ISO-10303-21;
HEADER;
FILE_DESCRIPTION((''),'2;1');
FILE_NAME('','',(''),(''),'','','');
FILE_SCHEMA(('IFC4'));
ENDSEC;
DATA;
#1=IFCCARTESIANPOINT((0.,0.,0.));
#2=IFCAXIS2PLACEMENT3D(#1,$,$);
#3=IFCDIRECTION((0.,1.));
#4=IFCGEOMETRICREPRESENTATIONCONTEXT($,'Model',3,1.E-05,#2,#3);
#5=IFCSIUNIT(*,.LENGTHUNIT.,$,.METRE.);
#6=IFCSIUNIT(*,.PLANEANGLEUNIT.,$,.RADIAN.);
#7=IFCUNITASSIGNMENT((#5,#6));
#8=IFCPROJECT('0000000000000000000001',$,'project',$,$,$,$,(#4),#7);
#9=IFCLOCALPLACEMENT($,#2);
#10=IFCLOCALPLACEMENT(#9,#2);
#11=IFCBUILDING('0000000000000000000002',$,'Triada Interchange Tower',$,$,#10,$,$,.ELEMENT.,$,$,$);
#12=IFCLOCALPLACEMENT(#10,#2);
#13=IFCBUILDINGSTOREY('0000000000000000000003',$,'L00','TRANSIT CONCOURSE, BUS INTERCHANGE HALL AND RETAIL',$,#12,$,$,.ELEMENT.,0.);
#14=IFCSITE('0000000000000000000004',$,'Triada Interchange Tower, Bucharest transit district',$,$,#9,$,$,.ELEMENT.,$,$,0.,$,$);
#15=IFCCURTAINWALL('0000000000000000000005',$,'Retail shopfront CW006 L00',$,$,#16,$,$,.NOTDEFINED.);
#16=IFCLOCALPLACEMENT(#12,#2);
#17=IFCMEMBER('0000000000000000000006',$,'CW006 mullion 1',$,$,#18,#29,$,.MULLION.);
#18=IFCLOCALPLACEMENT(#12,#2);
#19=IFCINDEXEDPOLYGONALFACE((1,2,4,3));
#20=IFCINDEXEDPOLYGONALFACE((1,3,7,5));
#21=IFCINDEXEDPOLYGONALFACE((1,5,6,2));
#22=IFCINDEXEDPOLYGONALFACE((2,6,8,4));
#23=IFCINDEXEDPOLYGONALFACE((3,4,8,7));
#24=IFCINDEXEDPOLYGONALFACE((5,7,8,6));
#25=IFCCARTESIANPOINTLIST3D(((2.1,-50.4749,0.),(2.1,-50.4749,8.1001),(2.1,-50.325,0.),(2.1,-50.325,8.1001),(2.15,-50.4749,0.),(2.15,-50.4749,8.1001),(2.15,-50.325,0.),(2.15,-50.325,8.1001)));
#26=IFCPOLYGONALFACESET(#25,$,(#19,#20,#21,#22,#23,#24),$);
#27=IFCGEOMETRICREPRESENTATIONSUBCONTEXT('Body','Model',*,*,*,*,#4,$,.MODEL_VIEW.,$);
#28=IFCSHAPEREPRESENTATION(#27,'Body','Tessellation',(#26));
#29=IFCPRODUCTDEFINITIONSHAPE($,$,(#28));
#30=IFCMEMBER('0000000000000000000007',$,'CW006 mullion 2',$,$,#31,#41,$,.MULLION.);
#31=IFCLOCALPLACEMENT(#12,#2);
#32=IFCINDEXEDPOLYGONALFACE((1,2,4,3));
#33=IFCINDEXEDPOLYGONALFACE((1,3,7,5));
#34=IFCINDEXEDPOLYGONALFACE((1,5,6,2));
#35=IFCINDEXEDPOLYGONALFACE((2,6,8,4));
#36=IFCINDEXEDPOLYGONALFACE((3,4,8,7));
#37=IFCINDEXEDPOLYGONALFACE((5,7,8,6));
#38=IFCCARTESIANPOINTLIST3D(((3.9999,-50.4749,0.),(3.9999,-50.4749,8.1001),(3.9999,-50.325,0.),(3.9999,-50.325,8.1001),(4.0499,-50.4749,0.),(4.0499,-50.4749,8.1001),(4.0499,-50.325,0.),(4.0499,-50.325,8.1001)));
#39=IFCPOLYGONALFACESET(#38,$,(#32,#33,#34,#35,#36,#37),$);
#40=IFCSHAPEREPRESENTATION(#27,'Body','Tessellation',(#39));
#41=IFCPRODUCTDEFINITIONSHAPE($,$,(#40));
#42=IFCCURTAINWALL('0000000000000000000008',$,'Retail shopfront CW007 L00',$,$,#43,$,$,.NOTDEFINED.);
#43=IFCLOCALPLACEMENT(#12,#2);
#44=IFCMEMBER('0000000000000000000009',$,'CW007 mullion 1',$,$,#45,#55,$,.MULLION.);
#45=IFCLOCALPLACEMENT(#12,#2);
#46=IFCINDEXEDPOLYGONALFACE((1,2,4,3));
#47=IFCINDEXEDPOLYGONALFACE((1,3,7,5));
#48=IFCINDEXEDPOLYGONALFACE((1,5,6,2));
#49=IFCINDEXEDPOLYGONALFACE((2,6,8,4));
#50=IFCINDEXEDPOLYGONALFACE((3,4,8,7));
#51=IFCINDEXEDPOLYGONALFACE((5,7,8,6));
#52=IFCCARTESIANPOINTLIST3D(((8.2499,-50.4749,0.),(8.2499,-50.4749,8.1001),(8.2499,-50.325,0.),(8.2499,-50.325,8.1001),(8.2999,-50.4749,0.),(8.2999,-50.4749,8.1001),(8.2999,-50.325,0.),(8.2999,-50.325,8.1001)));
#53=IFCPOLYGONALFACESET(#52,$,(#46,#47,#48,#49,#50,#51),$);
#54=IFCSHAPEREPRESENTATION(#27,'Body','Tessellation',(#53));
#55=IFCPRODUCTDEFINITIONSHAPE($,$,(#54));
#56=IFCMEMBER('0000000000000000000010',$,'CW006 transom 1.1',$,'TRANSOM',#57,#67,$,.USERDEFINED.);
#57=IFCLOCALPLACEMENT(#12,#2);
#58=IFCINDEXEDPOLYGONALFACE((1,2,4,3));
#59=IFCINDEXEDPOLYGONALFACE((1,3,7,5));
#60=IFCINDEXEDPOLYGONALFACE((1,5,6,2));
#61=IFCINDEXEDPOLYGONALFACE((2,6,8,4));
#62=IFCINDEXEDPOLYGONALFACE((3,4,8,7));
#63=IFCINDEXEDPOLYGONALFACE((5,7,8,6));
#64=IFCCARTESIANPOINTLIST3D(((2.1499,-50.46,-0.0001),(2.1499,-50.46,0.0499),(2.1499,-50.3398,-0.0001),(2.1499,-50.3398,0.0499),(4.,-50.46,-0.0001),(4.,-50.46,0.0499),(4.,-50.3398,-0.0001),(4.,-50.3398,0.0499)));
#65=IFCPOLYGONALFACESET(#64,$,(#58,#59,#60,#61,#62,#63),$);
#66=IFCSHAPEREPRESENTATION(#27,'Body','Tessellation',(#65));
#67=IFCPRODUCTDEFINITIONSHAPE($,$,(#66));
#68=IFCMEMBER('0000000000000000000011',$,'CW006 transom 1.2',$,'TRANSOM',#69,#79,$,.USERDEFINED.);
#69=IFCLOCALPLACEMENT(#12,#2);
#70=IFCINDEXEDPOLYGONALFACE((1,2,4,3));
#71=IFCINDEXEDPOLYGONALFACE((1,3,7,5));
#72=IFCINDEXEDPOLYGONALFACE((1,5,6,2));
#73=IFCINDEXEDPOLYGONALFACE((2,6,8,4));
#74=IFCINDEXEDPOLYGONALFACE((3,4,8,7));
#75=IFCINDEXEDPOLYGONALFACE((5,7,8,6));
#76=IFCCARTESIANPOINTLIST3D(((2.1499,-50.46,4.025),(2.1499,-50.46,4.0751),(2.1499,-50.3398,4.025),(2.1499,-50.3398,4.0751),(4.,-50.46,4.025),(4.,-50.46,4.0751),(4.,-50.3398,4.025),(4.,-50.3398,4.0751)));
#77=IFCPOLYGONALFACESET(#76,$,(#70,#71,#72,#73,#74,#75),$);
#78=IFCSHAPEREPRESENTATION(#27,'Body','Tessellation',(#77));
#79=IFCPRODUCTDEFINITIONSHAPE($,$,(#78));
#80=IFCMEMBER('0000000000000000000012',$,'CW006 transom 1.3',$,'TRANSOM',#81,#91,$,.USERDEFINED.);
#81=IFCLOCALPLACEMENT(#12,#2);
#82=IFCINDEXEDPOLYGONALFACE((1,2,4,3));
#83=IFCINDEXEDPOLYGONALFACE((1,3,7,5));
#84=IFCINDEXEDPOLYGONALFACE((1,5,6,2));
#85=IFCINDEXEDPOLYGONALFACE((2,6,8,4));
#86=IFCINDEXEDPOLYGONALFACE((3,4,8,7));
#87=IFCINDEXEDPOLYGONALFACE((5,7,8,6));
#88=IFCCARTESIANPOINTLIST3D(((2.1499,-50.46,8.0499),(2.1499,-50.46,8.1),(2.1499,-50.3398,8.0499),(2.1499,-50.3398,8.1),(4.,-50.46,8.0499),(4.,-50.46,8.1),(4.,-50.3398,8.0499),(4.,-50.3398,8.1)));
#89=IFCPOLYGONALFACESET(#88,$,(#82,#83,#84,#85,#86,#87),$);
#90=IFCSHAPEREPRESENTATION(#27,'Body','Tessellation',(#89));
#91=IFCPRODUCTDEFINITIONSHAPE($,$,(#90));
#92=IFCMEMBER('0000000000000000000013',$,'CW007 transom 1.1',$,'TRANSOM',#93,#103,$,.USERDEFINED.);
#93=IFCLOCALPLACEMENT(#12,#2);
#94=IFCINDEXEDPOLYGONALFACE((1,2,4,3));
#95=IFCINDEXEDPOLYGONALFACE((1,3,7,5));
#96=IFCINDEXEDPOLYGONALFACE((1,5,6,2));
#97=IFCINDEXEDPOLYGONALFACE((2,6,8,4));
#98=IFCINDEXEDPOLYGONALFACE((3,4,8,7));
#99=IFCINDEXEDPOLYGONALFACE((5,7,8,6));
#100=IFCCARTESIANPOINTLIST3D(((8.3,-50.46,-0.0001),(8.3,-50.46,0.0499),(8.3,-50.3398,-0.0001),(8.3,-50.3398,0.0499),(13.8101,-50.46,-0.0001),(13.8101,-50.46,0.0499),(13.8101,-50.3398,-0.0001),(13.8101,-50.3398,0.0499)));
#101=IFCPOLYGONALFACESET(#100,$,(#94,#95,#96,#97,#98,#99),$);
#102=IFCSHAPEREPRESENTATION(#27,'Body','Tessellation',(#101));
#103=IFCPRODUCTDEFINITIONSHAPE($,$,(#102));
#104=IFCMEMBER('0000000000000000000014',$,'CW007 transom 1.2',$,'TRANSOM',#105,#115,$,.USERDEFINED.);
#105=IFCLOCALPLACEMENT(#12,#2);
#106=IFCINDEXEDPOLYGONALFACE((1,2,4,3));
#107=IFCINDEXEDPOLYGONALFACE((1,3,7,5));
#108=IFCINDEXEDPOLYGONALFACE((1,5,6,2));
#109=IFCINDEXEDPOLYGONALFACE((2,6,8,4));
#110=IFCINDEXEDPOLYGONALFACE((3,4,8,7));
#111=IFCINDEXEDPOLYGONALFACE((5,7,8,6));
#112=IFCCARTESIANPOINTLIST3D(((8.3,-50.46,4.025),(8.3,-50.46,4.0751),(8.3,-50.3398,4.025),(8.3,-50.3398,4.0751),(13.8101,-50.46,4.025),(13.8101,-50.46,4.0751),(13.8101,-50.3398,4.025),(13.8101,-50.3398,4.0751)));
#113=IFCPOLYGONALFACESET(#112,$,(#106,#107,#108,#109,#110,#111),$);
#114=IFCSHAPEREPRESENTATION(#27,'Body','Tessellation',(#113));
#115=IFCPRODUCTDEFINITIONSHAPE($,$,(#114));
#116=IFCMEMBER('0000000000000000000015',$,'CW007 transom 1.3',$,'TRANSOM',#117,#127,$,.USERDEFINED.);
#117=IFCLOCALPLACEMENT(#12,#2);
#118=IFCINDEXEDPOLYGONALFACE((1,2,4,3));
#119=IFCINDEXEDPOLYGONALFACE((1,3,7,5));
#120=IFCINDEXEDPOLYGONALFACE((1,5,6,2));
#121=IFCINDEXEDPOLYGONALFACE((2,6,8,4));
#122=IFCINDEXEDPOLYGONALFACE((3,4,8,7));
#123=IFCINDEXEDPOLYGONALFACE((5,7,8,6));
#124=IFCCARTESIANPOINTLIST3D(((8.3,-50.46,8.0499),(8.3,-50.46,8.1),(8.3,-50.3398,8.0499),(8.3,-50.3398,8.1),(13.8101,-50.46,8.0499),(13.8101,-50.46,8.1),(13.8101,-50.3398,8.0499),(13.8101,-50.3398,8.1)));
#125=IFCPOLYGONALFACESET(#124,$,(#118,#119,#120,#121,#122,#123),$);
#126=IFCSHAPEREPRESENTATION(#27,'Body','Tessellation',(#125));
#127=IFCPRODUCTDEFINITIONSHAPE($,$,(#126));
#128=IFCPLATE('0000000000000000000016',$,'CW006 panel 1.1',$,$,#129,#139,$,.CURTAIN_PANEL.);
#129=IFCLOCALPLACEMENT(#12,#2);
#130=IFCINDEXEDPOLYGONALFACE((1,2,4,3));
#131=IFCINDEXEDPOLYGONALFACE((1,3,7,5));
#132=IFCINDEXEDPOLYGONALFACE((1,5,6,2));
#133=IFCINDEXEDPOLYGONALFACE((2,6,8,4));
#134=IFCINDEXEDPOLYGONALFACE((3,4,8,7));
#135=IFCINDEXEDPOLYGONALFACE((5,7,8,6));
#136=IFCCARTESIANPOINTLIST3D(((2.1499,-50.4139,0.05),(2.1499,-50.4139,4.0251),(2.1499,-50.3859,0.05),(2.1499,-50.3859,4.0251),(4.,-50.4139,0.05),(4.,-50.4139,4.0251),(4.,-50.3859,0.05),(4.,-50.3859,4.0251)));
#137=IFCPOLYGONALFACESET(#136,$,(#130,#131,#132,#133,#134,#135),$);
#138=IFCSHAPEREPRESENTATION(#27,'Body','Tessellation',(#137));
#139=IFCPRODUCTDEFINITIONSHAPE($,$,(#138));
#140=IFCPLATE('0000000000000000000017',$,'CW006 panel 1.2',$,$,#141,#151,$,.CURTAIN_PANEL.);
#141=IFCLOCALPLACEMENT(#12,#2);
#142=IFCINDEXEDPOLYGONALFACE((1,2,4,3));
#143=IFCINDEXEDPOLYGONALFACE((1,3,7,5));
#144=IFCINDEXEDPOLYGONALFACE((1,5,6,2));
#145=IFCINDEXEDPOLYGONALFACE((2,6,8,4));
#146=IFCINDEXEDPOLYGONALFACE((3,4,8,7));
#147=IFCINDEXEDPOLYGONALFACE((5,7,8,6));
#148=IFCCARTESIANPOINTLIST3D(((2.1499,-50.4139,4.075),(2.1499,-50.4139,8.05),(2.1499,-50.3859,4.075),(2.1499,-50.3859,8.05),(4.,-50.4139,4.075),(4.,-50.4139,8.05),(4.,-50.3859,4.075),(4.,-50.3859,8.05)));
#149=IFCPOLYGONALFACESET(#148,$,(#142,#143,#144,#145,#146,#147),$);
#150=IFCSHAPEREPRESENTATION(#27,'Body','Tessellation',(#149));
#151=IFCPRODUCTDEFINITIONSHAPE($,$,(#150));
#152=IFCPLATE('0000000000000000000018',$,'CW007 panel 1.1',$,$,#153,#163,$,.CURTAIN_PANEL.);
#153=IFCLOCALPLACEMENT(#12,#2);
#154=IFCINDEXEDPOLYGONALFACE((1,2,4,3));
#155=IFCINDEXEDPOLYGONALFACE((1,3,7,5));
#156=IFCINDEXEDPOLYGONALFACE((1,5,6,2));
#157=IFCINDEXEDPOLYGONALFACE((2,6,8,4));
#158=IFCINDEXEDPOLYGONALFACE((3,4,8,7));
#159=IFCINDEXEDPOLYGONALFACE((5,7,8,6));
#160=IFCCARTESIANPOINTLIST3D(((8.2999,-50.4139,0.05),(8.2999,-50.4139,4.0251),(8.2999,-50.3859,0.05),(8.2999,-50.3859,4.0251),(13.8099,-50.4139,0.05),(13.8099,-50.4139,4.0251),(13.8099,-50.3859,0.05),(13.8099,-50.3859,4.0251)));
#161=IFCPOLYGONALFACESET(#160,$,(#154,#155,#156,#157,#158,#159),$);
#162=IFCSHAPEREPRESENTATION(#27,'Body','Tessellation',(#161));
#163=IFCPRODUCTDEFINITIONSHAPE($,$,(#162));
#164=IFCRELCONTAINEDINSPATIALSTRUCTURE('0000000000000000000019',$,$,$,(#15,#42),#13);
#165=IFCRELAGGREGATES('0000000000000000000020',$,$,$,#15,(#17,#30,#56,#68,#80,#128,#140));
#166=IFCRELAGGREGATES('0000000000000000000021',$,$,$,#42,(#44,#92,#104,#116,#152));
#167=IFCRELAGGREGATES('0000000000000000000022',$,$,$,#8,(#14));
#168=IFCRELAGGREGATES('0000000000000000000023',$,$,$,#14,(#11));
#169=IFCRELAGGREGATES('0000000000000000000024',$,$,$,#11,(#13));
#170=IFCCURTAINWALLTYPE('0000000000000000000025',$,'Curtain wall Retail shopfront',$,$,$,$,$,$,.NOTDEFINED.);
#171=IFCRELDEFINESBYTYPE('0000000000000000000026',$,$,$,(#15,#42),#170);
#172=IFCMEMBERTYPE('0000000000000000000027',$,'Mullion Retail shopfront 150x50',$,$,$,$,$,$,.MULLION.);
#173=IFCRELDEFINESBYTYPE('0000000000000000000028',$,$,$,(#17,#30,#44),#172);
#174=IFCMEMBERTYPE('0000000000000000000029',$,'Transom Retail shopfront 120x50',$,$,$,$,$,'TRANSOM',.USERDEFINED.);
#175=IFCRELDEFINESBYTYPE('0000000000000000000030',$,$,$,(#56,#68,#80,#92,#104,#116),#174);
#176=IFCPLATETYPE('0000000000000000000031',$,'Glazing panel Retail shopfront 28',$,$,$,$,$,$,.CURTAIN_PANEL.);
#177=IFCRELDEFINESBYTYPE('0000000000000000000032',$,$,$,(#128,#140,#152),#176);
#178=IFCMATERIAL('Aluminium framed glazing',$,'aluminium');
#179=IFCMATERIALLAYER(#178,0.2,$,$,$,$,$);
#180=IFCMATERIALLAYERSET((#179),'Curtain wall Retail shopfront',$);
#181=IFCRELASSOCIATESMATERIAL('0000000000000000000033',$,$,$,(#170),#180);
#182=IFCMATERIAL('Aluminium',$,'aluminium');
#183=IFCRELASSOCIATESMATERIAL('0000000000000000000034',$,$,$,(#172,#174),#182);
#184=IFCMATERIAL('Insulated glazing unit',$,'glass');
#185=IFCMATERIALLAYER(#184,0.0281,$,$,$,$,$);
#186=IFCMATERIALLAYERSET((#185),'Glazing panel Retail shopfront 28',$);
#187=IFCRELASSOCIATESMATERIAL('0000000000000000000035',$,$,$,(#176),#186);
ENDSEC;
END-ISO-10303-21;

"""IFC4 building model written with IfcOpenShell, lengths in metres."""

from ifc_helpers import new_model, si_unit, direction, frame, origin, origin_2d, place, context, subcontext, project, spatial, rectangle, extrude, material, layer, layer_set, material_profile, profile_set, type_object, element, aggregate, save


model = new_model("IFC4")

# Units and contexts
model_context = context("Model", 3, precision=1e-05, world=origin(), true_north=direction((0.0, 1.0)))
body_context = subcontext(model_context, "Body", "Model", "MODEL_VIEW")
ifc_project = project(units=[si_unit("LENGTHUNIT", "METRE"), si_unit("PLANEANGLEUNIT", "RADIAN")], contexts=[model_context])

# Site, building, storey
site_placement = place(None, origin())
site = spatial("IfcSite", under=ifc_project, at=site_placement, Name="Triada Interchange Tower, Bucharest transit district", CompositionType="ELEMENT", RefElevation=0.0)
building_placement = place(site_placement, origin())
building = spatial("IfcBuilding", under=site, at=building_placement, Name="Triada Interchange Tower", CompositionType="ELEMENT")
storey_placement = place(building_placement, origin())
storey = spatial("IfcBuildingStorey", under=building, at=storey_placement, Name="L00", Description="TRANSIT CONCOURSE, BUS INTERCHANGE HALL AND RETAIL", CompositionType="ELEMENT", Elevation=0.0)

# Curtain wall, members
ifc_material_1 = material(Name="Aluminium framed glazing", Category="aluminium")
ifc_layer_1 = layer(ifc_material_1, 0.2)
ifc_layer_set_1 = layer_set([ifc_layer_1], Name="Curtain wall Retail shopfront")
curtain_wall_type = type_object("IfcCurtainWallType", Name="Curtain wall Retail shopfront", PredefinedType="NOTDEFINED", material=ifc_layer_set_1)
curtain_wall_1_placement = place(storey_placement, origin())
curtain_wall_1 = element("IfcCurtainWall", 1, at=curtain_wall_1_placement, inside=storey, type_object=curtain_wall_type, Name="Retail shopfront CW006 L00", PredefinedType="NOTDEFINED")
ifc_material_2 = material(Name="Aluminium", Category="aluminium")
ifc_material_profile_1 = material_profile(ifc_material_2, rectangle(XDim=0.1499, YDim=0.05, at=origin_2d()), Name="Aluminium mullion")
ifc_profile_set_1 = profile_set([ifc_material_profile_1], Name="Aluminium")
member_type_1 = type_object("IfcMemberType", Name="Mullion Retail shopfront 150x50", PredefinedType="MULLION", material=ifc_profile_set_1)
member_1_placement = place(storey_placement, frame((2.125, -50.3999, 0.0), z_axis=(0.0, 0.0, 1.0), x_axis=(0.0, 1.0, 0.0)))
member_1 = element("IfcMember", 2, at=member_1_placement, type_object=member_type_1, Name="CW006 mullion 1", PredefinedType="MULLION", context=body_context, shape_type="SweptSolid", body=[
    extrude(rectangle(XDim=0.1499, YDim=0.05, at=origin_2d()), origin(), (0.0, 0.0, 1.0), 8.1001),
])
member_2_placement = place(storey_placement, frame((4.0249, -50.3999, 0.0), z_axis=(0.0, 0.0, 1.0), x_axis=(0.0, 1.0, 0.0)))
member_2 = element("IfcMember", 3, at=member_2_placement, type_object=member_type_1, Name="CW006 mullion 2", PredefinedType="MULLION", context=body_context, shape_type="SweptSolid", body=[
    extrude(rectangle(XDim=0.1499, YDim=0.05, at=origin_2d()), origin(), (0.0, 0.0, 1.0), 8.1001),
])

# Curtain wall, member
curtain_wall_2_placement = place(storey_placement, origin())
curtain_wall_2 = element("IfcCurtainWall", 4, at=curtain_wall_2_placement, inside=storey, type_object=curtain_wall_type, Name="Retail shopfront CW007 L00", PredefinedType="NOTDEFINED")
member_3_placement = place(storey_placement, frame((8.2749, -50.3999, 0.0), z_axis=(0.0, 0.0, 1.0), x_axis=(0.0, 1.0, 0.0)))
member_3 = element("IfcMember", 5, at=member_3_placement, type_object=member_type_1, Name="CW007 mullion 1", PredefinedType="MULLION", context=body_context, shape_type="SweptSolid", body=[
    extrude(rectangle(XDim=0.1499, YDim=0.05, at=origin_2d()), origin(), (0.0, 0.0, 1.0), 8.1001),
])

# Members
ifc_material_profile_2 = material_profile(ifc_material_2, rectangle(XDim=0.1201, YDim=0.05, at=origin_2d()), Name="Aluminium transom")
ifc_profile_set_2 = profile_set([ifc_material_profile_2], Name="Aluminium")
member_type_2 = type_object("IfcMemberType", Name="Transom Retail shopfront 120x50", ElementType="TRANSOM", PredefinedType="USERDEFINED", material=ifc_profile_set_2)
member_4_placement = place(storey_placement, frame((2.1499, -50.3999, 0.0249), z_axis=(1.0, 0.0, 0.0), x_axis=(0.0, 1.0, 0.0)))
member_4 = element("IfcMember", 6, at=member_4_placement, type_object=member_type_2, Name="CW006 transom 1.1", ObjectType="TRANSOM", PredefinedType="USERDEFINED", context=body_context, shape_type="SweptSolid", body=[
    extrude(rectangle(XDim=0.1201, YDim=0.05, at=origin_2d()), origin(), (0.0, 0.0, 1.0), 1.8501),
])
member_5_placement = place(storey_placement, frame((2.1499, -50.3999, 4.05), z_axis=(1.0, 0.0, 0.0), x_axis=(0.0, 1.0, 0.0)))
member_5 = element("IfcMember", 7, at=member_5_placement, type_object=member_type_2, Name="CW006 transom 1.2", ObjectType="TRANSOM", PredefinedType="USERDEFINED", context=body_context, shape_type="SweptSolid", body=[
    extrude(rectangle(XDim=0.1201, YDim=0.05, at=origin_2d()), origin(), (0.0, 0.0, 1.0), 1.8501),
])
member_6_placement = place(storey_placement, frame((2.1499, -50.3999, 8.075), z_axis=(1.0, 0.0, 0.0), x_axis=(0.0, 1.0, 0.0)))
member_6 = element("IfcMember", 8, at=member_6_placement, type_object=member_type_2, Name="CW006 transom 1.3", ObjectType="TRANSOM", PredefinedType="USERDEFINED", context=body_context, shape_type="SweptSolid", body=[
    extrude(rectangle(XDim=0.1201, YDim=0.05, at=origin_2d()), origin(), (0.0, 0.0, 1.0), 1.8501),
])
member_7_placement = place(storey_placement, frame((8.3, -50.3999, 0.0249), z_axis=(1.0, 0.0, 0.0), x_axis=(0.0, 1.0, 0.0)))
member_7 = element("IfcMember", 9, at=member_7_placement, type_object=member_type_2, Name="CW007 transom 1.1", ObjectType="TRANSOM", PredefinedType="USERDEFINED", context=body_context, shape_type="SweptSolid", body=[
    extrude(rectangle(XDim=0.1201, YDim=0.05, at=origin_2d()), origin(), (0.0, 0.0, 1.0), 5.51),
])
member_8_placement = place(storey_placement, frame((8.3, -50.3999, 4.05), z_axis=(1.0, 0.0, 0.0), x_axis=(0.0, 1.0, 0.0)))
member_8 = element("IfcMember", 10, at=member_8_placement, type_object=member_type_2, Name="CW007 transom 1.2", ObjectType="TRANSOM", PredefinedType="USERDEFINED", context=body_context, shape_type="SweptSolid", body=[
    extrude(rectangle(XDim=0.1201, YDim=0.05, at=origin_2d()), origin(), (0.0, 0.0, 1.0), 5.51),
])
member_9_placement = place(storey_placement, frame((8.3, -50.3999, 8.075), z_axis=(1.0, 0.0, 0.0), x_axis=(0.0, 1.0, 0.0)))
member_9 = element("IfcMember", 11, at=member_9_placement, type_object=member_type_2, Name="CW007 transom 1.3", ObjectType="TRANSOM", PredefinedType="USERDEFINED", context=body_context, shape_type="SweptSolid", body=[
    extrude(rectangle(XDim=0.1201, YDim=0.05, at=origin_2d()), origin(), (0.0, 0.0, 1.0), 5.51),
])

# Plates
ifc_material_3 = material(Name="Insulated glazing unit", Category="glass")
ifc_layer_2 = layer(ifc_material_3, 0.0281)
ifc_layer_set_2 = layer_set([ifc_layer_2], Name="Glazing panel Retail shopfront 28")
plate_type = type_object("IfcPlateType", Name="Glazing panel Retail shopfront 28", PredefinedType="CURTAIN_PANEL", material=ifc_layer_set_2)
plate_1_placement = place(storey_placement, frame((3.075, -50.3999, 0.05), z_axis=(0.0, 0.0, 1.0), x_axis=(1.0, 0.0, 0.0)))
plate_1 = element("IfcPlate", 12, at=plate_1_placement, type_object=plate_type, Name="CW006 panel 1.1", PredefinedType="CURTAIN_PANEL", context=body_context, shape_type="SweptSolid", body=[
    extrude(rectangle(XDim=1.8501, YDim=0.0281, at=origin_2d()), origin(), (0.0, 0.0, 1.0), 3.9751),
])
plate_2_placement = place(storey_placement, frame((3.075, -50.3999, 4.075), z_axis=(0.0, 0.0, 1.0), x_axis=(1.0, 0.0, 0.0)))
plate_2 = element("IfcPlate", 13, at=plate_2_placement, type_object=plate_type, Name="CW006 panel 1.2", PredefinedType="CURTAIN_PANEL", context=body_context, shape_type="SweptSolid", body=[
    extrude(rectangle(XDim=1.8501, YDim=0.0281, at=origin_2d()), origin(), (0.0, 0.0, 1.0), 3.9751),
])
aggregate(curtain_wall_1, [member_1, member_2, member_4, member_5, member_6, plate_1, plate_2])
plate_3_placement = place(storey_placement, frame((11.0549, -50.3999, 0.05), z_axis=(0.0, 0.0, 1.0), x_axis=(1.0, 0.0, 0.0)))
plate_3 = element("IfcPlate", 14, at=plate_3_placement, type_object=plate_type, Name="CW007 panel 1.1", PredefinedType="CURTAIN_PANEL", context=body_context, shape_type="SweptSolid", body=[
    extrude(rectangle(XDim=5.51, YDim=0.0281, at=origin_2d()), origin(), (0.0, 0.0, 1.0), 3.9751),
])
aggregate(curtain_wall_2, [member_3, member_7, member_8, member_9, plate_3])

save(model, "model.ifc")
